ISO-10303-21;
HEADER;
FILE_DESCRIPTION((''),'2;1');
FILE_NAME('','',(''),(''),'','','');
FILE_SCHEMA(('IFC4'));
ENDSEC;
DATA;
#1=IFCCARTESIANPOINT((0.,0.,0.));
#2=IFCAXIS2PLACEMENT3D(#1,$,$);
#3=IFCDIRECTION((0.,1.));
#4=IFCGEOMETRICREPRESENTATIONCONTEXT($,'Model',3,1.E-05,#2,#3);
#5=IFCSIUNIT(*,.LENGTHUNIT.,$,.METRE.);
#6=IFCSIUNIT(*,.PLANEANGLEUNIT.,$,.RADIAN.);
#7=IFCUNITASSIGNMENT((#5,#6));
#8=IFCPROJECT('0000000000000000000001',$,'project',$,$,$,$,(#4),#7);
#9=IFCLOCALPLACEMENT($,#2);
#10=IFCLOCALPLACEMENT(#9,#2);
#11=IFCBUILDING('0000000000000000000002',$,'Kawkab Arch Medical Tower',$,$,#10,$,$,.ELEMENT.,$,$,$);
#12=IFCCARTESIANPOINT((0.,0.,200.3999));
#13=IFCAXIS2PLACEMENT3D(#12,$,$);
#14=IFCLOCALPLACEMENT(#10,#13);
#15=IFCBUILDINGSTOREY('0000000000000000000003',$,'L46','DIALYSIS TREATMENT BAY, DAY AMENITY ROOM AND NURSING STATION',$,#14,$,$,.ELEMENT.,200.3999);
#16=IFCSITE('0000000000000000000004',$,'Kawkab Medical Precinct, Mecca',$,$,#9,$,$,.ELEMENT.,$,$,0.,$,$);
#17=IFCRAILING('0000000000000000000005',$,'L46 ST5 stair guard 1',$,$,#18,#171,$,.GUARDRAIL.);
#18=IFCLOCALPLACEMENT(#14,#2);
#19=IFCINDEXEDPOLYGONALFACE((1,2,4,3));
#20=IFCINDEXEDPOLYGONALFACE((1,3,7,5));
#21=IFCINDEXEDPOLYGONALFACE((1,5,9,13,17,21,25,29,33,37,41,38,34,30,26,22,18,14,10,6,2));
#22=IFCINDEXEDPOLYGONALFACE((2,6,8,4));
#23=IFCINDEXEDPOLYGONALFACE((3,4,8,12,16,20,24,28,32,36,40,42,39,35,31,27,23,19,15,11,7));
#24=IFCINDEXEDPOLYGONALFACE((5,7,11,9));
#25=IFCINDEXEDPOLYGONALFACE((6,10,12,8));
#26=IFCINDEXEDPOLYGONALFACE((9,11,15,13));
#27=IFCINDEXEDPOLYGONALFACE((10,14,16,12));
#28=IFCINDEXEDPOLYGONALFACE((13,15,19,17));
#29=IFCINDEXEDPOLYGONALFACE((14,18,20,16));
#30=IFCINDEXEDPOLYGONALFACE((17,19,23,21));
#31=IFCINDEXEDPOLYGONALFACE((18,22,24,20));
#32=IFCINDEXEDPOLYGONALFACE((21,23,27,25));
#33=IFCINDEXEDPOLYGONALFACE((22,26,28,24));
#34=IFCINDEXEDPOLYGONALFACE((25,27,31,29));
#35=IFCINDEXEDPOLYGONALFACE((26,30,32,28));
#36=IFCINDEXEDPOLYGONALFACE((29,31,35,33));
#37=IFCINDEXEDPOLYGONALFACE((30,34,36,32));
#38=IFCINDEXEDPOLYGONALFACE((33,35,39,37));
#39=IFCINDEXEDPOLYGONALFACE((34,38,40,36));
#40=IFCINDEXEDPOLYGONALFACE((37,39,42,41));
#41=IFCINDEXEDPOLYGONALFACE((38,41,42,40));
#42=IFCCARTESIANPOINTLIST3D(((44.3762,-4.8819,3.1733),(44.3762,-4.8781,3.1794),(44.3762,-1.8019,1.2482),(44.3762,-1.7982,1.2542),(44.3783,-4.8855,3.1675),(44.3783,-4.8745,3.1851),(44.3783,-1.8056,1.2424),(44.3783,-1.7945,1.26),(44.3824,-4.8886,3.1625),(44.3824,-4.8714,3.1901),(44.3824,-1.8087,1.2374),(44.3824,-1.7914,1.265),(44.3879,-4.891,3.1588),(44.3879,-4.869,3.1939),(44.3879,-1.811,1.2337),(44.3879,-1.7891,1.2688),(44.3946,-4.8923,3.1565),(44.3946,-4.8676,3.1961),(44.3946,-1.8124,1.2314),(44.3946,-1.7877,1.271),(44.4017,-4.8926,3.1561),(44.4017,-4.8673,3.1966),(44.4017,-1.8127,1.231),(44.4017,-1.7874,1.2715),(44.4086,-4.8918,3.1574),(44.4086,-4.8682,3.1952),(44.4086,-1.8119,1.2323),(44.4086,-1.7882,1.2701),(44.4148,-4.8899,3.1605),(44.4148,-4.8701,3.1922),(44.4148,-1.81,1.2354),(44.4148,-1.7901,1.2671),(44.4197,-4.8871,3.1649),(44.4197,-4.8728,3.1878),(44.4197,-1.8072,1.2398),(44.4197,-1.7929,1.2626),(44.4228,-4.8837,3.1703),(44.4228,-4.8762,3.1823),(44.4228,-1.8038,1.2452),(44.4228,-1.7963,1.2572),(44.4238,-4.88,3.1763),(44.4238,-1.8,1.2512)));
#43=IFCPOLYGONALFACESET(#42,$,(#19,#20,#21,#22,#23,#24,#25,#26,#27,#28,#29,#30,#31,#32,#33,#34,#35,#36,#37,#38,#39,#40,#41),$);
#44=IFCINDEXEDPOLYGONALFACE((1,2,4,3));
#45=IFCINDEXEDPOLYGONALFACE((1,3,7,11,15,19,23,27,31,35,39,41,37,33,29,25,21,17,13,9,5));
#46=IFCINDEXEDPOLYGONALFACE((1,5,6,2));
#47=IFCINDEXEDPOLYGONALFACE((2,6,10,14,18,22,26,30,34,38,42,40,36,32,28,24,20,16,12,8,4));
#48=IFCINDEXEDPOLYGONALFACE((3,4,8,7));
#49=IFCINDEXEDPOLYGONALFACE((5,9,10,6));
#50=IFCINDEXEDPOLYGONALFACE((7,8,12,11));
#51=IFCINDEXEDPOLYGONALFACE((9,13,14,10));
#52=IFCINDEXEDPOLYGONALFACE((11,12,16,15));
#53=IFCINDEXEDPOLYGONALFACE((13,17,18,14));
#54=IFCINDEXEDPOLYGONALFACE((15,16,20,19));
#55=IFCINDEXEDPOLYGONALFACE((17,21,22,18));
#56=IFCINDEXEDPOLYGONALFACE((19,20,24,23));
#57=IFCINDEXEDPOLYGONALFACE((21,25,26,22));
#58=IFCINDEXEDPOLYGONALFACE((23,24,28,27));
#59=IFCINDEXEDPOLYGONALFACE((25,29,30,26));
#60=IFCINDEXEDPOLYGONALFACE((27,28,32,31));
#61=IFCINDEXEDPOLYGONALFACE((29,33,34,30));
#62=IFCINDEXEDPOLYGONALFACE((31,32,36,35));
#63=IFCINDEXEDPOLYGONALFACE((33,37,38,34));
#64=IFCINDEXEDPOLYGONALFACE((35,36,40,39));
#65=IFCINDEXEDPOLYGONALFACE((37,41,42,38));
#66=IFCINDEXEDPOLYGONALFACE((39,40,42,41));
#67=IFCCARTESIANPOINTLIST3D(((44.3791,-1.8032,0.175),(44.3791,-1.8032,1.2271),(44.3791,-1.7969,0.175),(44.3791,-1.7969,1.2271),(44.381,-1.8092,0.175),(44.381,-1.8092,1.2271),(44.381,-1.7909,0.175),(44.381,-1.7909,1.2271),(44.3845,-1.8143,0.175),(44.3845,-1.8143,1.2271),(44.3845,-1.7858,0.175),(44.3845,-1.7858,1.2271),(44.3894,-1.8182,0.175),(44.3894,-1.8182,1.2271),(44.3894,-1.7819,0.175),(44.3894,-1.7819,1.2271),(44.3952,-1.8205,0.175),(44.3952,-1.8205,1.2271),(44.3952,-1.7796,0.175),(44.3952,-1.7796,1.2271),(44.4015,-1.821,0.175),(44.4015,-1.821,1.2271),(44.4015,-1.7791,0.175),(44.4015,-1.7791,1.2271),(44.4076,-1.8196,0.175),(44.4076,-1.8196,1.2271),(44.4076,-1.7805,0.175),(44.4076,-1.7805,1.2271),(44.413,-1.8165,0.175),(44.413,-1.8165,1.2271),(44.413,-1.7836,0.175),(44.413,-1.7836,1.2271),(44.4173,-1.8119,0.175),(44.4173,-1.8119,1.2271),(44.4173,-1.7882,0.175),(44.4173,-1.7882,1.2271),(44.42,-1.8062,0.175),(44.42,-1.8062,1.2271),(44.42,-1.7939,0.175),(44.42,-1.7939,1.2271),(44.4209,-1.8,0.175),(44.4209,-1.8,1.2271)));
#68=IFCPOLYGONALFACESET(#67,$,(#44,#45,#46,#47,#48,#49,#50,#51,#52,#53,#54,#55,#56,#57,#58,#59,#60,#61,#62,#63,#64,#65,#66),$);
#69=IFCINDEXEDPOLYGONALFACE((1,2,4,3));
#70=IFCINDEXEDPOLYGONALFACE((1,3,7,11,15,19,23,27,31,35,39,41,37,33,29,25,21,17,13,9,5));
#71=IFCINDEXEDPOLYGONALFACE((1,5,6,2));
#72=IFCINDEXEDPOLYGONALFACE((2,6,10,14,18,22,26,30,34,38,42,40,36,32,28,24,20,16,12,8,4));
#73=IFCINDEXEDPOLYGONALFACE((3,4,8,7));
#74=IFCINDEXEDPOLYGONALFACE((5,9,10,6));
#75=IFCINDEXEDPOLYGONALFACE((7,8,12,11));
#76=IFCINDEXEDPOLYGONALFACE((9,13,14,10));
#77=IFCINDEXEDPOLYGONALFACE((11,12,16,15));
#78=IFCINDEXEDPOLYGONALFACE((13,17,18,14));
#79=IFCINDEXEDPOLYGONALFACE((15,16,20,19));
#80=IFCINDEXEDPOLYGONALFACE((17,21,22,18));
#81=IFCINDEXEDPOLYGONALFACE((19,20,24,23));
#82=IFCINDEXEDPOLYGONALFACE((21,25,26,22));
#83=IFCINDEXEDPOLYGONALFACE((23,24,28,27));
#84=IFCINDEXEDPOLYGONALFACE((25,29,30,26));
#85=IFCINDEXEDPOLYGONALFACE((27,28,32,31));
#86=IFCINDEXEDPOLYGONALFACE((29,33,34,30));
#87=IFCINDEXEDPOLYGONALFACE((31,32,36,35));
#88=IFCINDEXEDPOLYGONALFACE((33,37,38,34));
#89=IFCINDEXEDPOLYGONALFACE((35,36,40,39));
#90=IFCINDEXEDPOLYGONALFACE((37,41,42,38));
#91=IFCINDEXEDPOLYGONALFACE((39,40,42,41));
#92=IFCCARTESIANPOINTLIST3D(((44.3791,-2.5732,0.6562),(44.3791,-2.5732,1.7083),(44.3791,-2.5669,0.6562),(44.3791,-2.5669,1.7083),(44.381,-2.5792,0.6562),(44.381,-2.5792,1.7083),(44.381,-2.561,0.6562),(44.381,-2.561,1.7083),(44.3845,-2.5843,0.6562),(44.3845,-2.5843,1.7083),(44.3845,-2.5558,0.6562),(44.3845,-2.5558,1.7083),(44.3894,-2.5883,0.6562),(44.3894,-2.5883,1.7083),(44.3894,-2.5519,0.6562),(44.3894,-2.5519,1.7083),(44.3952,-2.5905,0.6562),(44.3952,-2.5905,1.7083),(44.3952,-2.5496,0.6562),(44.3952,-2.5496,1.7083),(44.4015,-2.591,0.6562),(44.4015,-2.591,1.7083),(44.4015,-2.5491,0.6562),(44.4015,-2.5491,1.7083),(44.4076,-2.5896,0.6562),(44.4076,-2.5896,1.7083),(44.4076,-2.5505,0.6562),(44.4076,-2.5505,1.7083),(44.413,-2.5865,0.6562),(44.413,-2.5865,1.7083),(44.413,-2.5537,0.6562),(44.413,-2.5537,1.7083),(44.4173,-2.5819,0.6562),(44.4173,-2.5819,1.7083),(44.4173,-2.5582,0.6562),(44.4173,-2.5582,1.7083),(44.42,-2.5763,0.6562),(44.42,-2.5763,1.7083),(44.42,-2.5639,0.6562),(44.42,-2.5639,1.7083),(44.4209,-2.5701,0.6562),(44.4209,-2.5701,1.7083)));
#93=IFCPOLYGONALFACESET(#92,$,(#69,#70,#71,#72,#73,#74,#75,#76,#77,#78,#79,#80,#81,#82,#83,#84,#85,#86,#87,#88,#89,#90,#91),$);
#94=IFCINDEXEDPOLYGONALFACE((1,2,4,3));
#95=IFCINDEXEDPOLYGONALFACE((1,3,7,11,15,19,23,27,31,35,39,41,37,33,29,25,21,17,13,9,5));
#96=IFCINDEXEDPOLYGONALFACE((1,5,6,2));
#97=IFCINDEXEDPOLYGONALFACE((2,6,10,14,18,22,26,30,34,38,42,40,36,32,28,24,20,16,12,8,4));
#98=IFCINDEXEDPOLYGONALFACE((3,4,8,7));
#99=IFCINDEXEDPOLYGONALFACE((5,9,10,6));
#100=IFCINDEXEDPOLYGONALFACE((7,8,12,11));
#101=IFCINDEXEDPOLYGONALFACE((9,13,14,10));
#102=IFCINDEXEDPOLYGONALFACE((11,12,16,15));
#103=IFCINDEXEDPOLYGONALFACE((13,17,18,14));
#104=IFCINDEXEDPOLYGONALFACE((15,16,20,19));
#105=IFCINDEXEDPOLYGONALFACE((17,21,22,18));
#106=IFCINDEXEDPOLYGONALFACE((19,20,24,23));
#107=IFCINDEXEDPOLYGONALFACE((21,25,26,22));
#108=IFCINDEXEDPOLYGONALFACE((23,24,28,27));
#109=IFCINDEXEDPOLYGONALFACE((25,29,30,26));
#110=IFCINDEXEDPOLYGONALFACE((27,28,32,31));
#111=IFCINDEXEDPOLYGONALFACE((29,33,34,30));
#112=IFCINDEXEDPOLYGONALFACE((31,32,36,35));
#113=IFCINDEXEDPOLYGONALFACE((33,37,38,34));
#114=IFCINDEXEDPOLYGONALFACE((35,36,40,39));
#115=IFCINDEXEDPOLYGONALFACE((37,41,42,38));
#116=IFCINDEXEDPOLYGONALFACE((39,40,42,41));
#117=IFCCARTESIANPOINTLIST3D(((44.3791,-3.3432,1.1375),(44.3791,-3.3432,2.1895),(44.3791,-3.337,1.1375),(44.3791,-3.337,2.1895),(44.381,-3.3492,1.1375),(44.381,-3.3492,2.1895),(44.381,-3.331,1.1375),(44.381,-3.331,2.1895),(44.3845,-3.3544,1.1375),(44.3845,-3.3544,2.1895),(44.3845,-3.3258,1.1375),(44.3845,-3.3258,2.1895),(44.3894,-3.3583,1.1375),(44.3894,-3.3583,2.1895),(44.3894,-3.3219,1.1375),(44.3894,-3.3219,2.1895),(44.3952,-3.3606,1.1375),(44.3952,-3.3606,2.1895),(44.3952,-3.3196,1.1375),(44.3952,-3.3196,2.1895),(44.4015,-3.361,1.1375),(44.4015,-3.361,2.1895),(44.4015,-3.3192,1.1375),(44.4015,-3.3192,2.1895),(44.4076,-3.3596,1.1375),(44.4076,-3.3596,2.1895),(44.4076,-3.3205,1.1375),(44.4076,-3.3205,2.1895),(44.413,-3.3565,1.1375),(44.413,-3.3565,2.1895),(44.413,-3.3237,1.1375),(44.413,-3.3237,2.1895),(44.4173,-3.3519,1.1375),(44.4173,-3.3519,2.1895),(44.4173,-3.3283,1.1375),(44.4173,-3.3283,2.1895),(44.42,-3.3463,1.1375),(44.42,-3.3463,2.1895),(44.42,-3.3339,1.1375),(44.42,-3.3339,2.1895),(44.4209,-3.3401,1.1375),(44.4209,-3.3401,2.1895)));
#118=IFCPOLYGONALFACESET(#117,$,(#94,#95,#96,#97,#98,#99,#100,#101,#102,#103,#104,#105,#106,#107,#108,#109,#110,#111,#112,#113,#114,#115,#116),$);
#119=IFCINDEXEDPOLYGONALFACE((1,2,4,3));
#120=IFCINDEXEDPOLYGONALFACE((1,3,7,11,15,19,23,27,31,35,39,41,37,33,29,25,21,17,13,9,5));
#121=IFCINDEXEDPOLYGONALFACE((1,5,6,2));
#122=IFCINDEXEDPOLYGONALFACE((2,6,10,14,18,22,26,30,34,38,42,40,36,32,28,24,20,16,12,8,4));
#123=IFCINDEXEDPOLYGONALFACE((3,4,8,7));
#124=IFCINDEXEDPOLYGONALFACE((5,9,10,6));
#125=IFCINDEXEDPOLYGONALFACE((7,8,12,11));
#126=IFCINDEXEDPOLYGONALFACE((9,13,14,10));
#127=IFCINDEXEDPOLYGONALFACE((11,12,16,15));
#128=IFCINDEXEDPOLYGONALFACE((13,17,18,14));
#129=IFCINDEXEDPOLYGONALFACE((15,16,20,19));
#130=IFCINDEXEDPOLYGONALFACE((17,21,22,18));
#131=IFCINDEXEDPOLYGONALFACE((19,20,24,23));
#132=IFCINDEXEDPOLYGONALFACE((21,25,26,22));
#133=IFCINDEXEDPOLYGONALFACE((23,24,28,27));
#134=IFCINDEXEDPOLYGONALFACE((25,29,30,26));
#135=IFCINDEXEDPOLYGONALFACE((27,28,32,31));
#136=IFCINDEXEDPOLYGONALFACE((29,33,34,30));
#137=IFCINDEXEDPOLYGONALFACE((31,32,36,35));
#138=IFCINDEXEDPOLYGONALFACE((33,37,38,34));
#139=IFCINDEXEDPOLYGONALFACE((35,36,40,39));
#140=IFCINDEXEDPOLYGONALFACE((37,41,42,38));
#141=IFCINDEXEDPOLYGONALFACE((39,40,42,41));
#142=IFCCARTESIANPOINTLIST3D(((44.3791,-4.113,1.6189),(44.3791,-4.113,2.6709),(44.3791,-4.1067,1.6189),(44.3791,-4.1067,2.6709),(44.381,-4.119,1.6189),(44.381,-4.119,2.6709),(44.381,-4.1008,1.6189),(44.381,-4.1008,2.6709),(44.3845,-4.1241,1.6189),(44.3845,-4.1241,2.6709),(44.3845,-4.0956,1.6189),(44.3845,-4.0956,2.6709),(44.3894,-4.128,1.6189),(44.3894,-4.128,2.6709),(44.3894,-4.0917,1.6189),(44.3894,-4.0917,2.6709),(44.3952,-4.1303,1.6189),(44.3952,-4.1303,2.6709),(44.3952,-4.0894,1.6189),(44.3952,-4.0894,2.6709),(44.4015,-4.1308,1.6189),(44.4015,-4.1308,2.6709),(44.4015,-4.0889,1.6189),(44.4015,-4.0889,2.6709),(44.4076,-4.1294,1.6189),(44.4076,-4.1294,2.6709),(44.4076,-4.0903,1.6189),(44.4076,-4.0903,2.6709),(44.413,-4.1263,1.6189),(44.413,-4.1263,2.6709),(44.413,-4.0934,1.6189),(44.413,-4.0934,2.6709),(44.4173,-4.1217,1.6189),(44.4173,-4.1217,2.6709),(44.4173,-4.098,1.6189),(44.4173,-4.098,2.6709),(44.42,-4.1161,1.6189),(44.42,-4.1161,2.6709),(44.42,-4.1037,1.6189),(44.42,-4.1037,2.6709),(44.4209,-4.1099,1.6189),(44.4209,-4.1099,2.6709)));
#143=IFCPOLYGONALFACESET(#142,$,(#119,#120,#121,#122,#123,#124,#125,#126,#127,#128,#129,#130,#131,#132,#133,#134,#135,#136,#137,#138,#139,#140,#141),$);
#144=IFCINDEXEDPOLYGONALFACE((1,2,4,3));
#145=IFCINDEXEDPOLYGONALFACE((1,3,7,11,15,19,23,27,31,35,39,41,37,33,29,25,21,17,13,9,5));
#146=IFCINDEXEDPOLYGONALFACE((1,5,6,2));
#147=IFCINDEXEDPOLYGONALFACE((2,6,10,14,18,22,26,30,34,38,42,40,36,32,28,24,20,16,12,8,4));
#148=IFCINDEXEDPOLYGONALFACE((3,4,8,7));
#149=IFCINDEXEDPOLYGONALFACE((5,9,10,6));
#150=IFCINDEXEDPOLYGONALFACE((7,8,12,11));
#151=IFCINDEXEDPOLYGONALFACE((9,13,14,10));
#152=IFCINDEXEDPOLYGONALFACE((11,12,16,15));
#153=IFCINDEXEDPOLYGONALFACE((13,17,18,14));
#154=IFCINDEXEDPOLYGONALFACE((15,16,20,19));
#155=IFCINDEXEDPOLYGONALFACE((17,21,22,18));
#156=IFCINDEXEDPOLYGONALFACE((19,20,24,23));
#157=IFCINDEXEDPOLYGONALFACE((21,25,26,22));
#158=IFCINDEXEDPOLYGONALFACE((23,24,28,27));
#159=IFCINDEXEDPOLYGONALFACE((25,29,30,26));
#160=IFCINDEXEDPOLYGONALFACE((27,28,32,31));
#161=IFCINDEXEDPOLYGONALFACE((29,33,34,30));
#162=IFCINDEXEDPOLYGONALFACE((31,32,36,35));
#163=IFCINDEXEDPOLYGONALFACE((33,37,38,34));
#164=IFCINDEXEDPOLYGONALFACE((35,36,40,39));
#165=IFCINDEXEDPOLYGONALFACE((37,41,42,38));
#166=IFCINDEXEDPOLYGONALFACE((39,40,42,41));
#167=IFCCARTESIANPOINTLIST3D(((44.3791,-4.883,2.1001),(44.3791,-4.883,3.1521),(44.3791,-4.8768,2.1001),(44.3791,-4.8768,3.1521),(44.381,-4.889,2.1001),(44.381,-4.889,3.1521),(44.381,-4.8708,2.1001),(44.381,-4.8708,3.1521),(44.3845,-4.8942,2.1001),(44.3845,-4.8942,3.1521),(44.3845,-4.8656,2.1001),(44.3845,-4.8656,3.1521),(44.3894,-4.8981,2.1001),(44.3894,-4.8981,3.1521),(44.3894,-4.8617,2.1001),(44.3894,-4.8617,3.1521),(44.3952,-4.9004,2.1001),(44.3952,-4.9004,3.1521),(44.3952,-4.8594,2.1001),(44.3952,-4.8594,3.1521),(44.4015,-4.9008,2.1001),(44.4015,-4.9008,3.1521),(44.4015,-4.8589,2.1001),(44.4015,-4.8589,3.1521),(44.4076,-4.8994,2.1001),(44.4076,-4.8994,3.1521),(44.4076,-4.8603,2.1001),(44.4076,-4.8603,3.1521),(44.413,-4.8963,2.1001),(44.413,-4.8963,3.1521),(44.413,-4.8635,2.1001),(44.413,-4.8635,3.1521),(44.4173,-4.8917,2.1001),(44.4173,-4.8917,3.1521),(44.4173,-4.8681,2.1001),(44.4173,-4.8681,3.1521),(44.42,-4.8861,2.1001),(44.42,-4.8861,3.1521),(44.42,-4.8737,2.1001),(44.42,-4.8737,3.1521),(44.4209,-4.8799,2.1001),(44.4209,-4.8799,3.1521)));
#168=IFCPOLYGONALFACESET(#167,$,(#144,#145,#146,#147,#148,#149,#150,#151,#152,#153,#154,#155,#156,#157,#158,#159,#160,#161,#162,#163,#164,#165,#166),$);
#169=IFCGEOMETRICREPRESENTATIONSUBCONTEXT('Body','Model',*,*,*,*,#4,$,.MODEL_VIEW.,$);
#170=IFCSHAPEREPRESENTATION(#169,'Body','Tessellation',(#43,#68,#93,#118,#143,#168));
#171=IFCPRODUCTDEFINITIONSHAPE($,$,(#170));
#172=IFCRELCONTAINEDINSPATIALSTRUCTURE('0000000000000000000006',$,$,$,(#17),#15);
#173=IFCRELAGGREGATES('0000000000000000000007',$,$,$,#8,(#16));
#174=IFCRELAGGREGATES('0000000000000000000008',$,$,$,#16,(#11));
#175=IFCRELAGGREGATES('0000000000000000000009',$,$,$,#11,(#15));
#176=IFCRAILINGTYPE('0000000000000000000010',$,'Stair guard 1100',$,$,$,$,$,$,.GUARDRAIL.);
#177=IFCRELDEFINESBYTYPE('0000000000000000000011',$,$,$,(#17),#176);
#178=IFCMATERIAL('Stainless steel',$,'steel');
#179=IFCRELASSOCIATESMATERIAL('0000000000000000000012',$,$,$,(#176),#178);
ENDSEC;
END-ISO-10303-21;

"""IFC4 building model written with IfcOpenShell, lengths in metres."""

from ifc_helpers import new_model, si_unit, direction, frame, origin, origin_2d, place, context, subcontext, project, spatial, circle, extrude, material, type_object, element, save


model = new_model("IFC4")

# Units and contexts
model_context = context("Model", 3, precision=1e-05, world=origin(), true_north=direction((0.0, 1.0)))
body_context = subcontext(model_context, "Body", "Model", "MODEL_VIEW")
ifc_project = project(units=[si_unit("LENGTHUNIT", "METRE"), si_unit("PLANEANGLEUNIT", "RADIAN")], contexts=[model_context])

# Site, building, storey
site_placement = place(None, origin())
site = spatial("IfcSite", under=ifc_project, at=site_placement, Name="Kawkab Medical Precinct, Mecca", CompositionType="ELEMENT", RefElevation=0.0)
building_placement = place(site_placement, origin())
building = spatial("IfcBuilding", under=site, at=building_placement, Name="Kawkab Arch Medical Tower", CompositionType="ELEMENT")
storey_placement = place(building_placement, frame((0.0, 0.0, 200.3999)))
storey = spatial("IfcBuildingStorey", under=building, at=storey_placement, Name="L46", Description="DIALYSIS TREATMENT BAY, DAY AMENITY ROOM AND NURSING STATION", CompositionType="ELEMENT", Elevation=200.3999)

# Railing
ifc_material_1 = material(Name="Stainless steel", Category="steel")
railing_type = type_object("IfcRailingType", Name="Stair guard 1100", PredefinedType="GUARDRAIL", material=ifc_material_1)
railing_1_placement = place(storey_placement, frame((44.3999, -1.8, 0.175)))
element("IfcRailing", 1, at=railing_1_placement, inside=storey, type_object=railing_type, Name="L46 ST5 stair guard 1", PredefinedType="GUARDRAIL", context=body_context, shape_type="SweptSolid", body=[
    extrude(circle(Radius=0.0239, at=origin_2d()), frame((0.0, 0.0, 1.0762), z_axis=(0.0, -0.847979, 0.530029), x_axis=(1.0, 0.0, 0.0)), (0.0, 0.0, 1.0), 3.6321),
    extrude(circle(Radius=0.021, at=origin_2d()), origin(), (0.0, 0.0, 1.0), 1.052),
    extrude(circle(Radius=0.021, at=origin_2d()), frame((0.0, -0.77, 0.4812)), (0.0, 0.0, 1.0), 1.052),
    extrude(circle(Radius=0.021, at=origin_2d()), frame((0.0, -1.54, 0.9624)), (0.0, 0.0, 1.0), 1.052),
    extrude(circle(Radius=0.021, at=origin_2d()), frame((0.0, -2.3098, 1.4438)), (0.0, 0.0, 1.0), 1.052),
    extrude(circle(Radius=0.021, at=origin_2d()), frame((0.0, -3.0798, 1.925)), (0.0, 0.0, 1.0), 1.052),
])

save(model, "model.ifc")
